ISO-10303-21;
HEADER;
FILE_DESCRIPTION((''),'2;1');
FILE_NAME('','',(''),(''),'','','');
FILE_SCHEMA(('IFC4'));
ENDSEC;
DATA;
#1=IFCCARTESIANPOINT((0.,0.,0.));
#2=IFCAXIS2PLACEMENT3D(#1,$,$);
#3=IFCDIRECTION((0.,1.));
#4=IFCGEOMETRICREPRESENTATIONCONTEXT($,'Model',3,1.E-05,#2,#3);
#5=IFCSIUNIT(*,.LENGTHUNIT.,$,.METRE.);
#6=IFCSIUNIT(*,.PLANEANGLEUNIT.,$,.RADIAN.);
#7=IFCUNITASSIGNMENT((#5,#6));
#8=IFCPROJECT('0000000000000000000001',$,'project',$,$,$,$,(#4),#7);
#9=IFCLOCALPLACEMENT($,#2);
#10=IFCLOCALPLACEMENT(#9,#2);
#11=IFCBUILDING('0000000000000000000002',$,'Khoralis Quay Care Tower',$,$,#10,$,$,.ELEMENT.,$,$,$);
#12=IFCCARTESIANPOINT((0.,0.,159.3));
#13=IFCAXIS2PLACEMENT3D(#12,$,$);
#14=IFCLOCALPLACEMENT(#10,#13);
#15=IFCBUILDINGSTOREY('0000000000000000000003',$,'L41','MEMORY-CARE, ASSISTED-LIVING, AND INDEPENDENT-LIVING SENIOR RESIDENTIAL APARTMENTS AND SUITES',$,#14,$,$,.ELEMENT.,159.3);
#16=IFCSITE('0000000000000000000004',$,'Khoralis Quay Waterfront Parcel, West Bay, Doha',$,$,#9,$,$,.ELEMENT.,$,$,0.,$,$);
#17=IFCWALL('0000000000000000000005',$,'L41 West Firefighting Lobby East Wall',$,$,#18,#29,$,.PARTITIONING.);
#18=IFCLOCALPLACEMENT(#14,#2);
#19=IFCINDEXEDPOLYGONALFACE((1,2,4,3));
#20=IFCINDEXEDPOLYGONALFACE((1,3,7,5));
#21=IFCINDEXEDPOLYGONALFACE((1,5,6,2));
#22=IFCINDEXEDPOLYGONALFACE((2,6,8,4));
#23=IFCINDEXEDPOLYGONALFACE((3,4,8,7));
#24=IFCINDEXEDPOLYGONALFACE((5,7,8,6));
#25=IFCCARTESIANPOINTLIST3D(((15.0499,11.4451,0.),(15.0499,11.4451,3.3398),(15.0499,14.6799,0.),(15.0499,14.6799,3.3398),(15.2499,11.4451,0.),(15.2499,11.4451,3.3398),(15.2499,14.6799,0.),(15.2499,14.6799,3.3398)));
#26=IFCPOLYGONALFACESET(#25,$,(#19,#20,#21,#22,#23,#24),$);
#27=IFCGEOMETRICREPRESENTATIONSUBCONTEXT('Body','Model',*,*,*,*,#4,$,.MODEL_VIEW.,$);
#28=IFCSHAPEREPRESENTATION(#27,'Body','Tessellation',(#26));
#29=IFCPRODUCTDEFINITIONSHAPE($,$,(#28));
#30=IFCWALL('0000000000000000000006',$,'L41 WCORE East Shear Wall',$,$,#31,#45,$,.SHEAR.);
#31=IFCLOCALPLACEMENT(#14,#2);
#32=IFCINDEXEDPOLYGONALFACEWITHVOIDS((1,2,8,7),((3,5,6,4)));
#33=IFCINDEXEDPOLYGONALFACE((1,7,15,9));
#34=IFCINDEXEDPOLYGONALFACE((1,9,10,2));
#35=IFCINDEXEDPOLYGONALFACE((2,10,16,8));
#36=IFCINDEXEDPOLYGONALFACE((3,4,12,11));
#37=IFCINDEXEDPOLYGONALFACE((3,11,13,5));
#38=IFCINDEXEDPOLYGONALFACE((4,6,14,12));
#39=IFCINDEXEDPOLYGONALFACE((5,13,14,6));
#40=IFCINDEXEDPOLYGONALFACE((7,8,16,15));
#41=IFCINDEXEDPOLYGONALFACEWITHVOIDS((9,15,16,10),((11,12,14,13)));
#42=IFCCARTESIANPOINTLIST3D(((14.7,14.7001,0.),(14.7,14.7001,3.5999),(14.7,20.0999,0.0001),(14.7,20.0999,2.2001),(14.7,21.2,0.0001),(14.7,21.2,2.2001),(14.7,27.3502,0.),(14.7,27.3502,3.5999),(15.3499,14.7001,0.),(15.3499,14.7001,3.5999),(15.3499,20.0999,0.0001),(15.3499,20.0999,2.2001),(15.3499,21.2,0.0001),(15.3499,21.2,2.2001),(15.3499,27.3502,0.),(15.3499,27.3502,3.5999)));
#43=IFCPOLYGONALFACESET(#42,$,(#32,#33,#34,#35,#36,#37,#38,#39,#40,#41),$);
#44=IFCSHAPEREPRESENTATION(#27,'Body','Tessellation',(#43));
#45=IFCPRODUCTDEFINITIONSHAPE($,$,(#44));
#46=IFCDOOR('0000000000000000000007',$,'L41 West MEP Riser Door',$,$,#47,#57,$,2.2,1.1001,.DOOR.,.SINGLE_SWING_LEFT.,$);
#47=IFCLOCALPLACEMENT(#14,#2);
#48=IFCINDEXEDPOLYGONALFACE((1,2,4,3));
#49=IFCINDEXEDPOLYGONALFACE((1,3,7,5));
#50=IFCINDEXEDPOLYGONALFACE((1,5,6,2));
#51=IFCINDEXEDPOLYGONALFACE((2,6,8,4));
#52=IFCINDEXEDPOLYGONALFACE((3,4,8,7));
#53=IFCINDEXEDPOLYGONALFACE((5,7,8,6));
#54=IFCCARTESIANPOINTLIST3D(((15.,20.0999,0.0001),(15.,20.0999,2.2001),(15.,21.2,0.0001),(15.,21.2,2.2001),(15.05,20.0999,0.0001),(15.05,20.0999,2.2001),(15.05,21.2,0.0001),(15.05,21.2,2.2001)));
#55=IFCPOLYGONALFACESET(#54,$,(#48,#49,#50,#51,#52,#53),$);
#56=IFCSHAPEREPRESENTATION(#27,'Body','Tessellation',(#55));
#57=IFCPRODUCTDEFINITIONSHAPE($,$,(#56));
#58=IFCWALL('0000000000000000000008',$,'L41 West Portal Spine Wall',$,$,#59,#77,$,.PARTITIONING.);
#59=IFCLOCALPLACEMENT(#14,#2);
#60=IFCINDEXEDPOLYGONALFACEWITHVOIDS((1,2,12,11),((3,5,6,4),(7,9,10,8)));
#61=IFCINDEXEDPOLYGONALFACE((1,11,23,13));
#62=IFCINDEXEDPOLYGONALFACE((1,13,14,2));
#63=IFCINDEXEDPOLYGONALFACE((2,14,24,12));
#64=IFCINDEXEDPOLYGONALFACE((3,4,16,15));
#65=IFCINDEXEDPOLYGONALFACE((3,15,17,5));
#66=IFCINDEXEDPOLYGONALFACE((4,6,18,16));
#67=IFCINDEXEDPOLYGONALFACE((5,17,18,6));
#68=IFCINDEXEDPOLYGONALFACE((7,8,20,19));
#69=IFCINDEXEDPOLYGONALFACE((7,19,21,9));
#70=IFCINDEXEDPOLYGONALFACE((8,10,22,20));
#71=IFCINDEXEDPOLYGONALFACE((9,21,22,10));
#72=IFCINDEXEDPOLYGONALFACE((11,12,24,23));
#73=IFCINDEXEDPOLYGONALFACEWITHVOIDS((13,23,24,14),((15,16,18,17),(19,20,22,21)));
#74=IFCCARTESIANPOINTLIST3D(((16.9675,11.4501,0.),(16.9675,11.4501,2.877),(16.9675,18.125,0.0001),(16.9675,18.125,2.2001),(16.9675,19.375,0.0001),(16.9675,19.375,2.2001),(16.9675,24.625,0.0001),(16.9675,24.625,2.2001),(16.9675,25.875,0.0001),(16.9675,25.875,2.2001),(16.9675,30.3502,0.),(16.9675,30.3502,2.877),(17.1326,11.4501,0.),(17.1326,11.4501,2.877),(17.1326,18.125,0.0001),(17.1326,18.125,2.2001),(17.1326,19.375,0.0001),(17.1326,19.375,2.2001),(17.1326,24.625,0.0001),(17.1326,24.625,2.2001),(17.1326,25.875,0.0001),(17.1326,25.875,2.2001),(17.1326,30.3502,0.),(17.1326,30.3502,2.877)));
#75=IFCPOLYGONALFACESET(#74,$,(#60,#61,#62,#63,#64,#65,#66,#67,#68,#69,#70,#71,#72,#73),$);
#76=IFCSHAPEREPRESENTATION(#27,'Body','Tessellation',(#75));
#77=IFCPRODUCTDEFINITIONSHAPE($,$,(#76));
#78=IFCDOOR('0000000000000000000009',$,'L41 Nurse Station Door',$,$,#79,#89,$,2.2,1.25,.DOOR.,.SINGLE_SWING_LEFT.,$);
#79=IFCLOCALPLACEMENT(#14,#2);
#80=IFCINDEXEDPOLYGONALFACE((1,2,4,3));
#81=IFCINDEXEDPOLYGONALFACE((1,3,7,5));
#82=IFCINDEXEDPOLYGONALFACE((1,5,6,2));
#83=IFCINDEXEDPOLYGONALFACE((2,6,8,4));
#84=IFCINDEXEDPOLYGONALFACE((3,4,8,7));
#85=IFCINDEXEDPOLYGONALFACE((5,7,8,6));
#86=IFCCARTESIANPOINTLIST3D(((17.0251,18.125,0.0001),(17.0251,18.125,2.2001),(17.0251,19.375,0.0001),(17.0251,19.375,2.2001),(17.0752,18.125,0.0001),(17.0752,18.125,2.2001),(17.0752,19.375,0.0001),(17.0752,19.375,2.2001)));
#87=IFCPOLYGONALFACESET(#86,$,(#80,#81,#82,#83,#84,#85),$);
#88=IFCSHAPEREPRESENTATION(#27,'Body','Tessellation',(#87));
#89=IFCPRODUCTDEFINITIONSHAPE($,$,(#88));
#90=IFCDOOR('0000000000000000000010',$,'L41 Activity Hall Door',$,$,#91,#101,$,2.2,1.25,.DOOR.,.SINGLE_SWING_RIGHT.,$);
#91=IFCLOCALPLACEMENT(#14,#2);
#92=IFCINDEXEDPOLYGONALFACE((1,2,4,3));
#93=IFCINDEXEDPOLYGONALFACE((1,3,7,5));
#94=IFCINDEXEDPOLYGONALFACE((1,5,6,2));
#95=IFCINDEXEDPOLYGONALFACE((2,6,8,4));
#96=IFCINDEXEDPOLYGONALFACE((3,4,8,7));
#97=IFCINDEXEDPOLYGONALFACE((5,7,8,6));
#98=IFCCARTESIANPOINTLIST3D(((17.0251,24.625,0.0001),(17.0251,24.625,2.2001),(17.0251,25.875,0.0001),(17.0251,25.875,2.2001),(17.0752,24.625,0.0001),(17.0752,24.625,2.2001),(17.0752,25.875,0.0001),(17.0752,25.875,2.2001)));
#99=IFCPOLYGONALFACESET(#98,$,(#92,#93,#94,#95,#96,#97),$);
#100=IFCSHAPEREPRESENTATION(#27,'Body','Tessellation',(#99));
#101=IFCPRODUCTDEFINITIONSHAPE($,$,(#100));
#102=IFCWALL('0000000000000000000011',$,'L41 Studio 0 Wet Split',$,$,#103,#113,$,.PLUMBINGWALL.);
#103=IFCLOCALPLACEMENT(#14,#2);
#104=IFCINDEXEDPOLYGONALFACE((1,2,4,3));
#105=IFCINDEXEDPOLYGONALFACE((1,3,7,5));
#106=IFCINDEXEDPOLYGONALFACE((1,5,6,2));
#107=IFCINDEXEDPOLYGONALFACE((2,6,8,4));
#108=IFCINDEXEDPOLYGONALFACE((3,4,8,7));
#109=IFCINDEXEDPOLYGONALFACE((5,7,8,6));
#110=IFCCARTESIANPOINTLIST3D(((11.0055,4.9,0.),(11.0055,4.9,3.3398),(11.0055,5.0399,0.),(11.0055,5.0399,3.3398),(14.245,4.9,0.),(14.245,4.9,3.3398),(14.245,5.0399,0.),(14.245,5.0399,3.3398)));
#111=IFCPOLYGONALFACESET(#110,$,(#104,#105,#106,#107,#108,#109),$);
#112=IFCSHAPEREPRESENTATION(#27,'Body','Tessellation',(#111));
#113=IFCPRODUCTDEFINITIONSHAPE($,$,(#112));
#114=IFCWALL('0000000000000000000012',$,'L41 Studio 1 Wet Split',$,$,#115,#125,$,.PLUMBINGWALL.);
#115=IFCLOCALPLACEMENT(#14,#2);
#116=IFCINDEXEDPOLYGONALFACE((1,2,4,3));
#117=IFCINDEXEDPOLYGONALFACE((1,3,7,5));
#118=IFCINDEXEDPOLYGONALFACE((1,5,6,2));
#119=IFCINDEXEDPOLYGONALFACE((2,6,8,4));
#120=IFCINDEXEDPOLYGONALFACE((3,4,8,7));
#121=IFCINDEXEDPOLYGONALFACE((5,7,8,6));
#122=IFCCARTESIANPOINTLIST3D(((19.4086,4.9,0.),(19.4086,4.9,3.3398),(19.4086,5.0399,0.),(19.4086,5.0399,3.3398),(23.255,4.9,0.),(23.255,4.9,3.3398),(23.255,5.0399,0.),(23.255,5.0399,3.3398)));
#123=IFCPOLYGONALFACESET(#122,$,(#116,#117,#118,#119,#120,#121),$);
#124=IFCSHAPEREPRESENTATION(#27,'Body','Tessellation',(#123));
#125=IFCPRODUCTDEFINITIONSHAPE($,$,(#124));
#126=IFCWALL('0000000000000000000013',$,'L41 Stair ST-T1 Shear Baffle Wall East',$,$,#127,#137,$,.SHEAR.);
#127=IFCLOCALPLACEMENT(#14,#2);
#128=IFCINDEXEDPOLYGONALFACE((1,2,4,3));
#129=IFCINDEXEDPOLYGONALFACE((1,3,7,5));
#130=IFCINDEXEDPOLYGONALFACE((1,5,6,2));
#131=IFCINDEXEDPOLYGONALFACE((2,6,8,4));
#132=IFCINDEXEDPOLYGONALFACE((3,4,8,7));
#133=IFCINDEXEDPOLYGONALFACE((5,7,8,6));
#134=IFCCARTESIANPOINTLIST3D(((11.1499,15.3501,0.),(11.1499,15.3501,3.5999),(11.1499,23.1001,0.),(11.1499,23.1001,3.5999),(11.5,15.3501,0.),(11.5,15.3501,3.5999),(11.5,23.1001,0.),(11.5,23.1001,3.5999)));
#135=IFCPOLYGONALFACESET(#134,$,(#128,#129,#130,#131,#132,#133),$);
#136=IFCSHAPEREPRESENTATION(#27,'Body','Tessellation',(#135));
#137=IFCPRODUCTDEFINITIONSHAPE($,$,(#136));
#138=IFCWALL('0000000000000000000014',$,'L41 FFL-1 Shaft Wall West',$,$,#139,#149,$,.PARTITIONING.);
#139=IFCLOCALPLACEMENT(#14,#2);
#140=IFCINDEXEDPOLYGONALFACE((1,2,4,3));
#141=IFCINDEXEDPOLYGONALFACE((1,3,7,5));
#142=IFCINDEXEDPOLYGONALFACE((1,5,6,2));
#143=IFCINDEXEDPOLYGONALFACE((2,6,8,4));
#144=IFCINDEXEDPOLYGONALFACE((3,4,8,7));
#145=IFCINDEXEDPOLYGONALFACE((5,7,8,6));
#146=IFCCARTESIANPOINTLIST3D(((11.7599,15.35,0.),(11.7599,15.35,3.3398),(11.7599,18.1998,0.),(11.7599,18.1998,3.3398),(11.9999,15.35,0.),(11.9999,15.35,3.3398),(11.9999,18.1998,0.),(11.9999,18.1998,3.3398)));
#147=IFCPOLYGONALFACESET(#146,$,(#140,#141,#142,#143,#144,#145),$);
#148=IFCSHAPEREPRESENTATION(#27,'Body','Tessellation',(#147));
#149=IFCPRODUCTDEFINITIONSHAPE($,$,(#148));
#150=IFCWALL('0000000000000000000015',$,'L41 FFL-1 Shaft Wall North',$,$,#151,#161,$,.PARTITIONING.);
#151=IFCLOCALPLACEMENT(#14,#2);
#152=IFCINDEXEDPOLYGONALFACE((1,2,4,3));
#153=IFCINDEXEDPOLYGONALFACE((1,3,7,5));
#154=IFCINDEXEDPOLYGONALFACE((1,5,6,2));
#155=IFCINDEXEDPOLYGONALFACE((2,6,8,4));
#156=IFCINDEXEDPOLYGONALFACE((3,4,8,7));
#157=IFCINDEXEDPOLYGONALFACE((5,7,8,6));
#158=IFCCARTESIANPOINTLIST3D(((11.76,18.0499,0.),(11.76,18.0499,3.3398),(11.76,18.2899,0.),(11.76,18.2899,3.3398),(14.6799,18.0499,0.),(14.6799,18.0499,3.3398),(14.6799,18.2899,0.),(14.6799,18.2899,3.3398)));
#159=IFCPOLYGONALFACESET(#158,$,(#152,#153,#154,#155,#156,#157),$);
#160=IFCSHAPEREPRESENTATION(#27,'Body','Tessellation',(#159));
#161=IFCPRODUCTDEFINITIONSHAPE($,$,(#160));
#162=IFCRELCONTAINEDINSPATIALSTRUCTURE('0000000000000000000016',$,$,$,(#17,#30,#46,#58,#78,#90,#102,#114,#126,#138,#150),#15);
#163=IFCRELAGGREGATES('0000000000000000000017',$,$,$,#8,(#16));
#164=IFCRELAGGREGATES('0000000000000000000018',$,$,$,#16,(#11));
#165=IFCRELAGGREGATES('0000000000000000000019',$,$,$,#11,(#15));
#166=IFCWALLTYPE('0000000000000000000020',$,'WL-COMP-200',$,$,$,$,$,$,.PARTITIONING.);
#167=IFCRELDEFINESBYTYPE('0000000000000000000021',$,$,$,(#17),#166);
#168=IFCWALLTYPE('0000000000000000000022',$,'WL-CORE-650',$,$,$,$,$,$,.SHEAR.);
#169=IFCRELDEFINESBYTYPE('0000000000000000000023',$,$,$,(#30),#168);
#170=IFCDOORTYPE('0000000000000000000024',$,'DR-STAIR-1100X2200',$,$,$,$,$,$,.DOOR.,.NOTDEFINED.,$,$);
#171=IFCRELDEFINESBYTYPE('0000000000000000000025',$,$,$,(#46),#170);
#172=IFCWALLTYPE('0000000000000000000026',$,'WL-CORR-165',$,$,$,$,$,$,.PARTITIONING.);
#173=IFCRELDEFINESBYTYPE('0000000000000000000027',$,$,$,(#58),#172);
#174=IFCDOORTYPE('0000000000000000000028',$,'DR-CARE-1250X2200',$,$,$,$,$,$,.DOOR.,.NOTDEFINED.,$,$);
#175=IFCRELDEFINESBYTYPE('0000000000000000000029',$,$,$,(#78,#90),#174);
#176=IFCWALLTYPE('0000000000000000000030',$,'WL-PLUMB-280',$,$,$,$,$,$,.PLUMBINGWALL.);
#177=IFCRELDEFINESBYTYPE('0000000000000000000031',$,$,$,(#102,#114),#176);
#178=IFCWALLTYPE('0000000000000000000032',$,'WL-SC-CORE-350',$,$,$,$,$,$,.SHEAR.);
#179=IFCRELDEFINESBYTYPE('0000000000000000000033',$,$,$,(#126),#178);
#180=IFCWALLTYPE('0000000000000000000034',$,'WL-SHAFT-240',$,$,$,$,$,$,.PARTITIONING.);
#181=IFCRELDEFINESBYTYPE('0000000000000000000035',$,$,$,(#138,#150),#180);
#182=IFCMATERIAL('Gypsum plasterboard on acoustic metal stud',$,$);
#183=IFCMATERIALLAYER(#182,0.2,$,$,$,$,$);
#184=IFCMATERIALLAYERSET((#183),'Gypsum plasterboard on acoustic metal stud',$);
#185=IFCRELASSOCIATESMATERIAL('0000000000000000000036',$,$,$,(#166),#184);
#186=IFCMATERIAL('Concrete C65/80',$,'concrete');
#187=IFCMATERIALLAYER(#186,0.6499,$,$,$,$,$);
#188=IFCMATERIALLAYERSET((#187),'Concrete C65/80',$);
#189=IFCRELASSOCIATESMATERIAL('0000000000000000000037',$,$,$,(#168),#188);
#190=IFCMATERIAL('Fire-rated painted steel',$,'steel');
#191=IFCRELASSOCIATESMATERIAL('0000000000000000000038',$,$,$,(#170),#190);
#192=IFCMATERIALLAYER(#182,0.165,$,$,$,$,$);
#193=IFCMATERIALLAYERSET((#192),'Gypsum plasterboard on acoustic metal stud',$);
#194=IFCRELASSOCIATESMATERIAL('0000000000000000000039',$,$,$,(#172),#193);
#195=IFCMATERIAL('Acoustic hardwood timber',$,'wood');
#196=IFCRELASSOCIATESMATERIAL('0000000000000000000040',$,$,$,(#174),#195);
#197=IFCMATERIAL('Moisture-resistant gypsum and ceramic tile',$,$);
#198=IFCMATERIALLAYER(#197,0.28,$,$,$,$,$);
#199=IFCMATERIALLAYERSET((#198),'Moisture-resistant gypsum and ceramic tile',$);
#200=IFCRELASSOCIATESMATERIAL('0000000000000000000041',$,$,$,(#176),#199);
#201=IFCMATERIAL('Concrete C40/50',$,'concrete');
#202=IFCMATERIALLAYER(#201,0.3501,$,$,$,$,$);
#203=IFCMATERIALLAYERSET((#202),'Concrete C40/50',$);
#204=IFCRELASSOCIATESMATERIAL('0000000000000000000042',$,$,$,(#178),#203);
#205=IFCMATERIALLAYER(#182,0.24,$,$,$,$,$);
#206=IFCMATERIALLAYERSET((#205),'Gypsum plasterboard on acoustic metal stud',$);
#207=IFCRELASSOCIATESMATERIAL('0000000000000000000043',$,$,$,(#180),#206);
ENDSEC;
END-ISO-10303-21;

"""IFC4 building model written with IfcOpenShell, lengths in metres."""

from ifc_helpers import new_model, si_unit, direction, frame, frame_2d, origin, place, context, subcontext, project, spatial, rectangle, extrude, source, transform, mapped, material, layer, layer_set, type_object, element, fill, save


model = new_model("IFC4")

# Units and contexts
model_context = context("Model", 3, precision=1e-05, world=origin(), true_north=direction((0.0, 1.0)))
body_context = subcontext(model_context, "Body", "Model", "MODEL_VIEW")
ifc_project = project(units=[si_unit("LENGTHUNIT", "METRE"), si_unit("PLANEANGLEUNIT", "RADIAN")], contexts=[model_context])

# Site, building, storey
site_placement = place(None, origin())
site = spatial("IfcSite", under=ifc_project, at=site_placement, Name="Khoralis Quay Waterfront Parcel, West Bay, Doha", CompositionType="ELEMENT", RefElevation=0.0)
building_placement = place(site_placement, origin())
building = spatial("IfcBuilding", under=site, at=building_placement, Name="Khoralis Quay Care Tower", CompositionType="ELEMENT")
storey_placement = place(building_placement, frame((0.0, 0.0, 159.3)))
storey = spatial("IfcBuildingStorey", under=building, at=storey_placement, Name="L41", Description="MEMORY-CARE, ASSISTED-LIVING, AND INDEPENDENT-LIVING SENIOR RESIDENTIAL APARTMENTS AND SUITES", CompositionType="ELEMENT", Elevation=159.3)

# Shared definitions
ifc_material_1 = material(Name="Concrete C65/80", Category="concrete")

# Wall
ifc_material_2 = material(Name="Gypsum plasterboard on acoustic metal stud")
ifc_layer_1 = layer(ifc_material_2, 0.2)
ifc_layer_set_1 = layer_set([ifc_layer_1], Name="Gypsum plasterboard on acoustic metal stud")
wall_type_1 = type_object("IfcWallType", Name="WL-COMP-200", PredefinedType="PARTITIONING", material=ifc_layer_set_1)
wall_1_placement = place(storey_placement, frame((15.1499, 11.4451, 0.0), z_axis=(0.0, 0.0, 1.0), x_axis=(0.0, 1.0, 0.0)))
element("IfcWall", 1, at=wall_1_placement, inside=storey, type_object=wall_type_1, Name="L41 West Firefighting Lobby East Wall", PredefinedType="PARTITIONING", context=body_context, shape_type="SweptSolid", body=[
    extrude(rectangle(XDim=3.2349, YDim=0.2, at=frame_2d((1.6174, 0.0))), origin(), (0.0, 0.0, 1.0), 3.3398),
])

# Wall, opening, door
ifc_layer_2 = layer(ifc_material_1, 0.6499)
ifc_layer_set_2 = layer_set([ifc_layer_2], Name="Concrete C65/80")
wall_type_2 = type_object("IfcWallType", Name="WL-CORE-650", PredefinedType="SHEAR", material=ifc_layer_set_2)
wall_2_placement = place(storey_placement, frame((15.0249, 14.7, 0.0), z_axis=(0.0, 0.0, 1.0), x_axis=(0.0, 1.0, 0.0)))
wall_2 = element("IfcWall", 2, at=wall_2_placement, inside=storey, type_object=wall_type_2, Name="L41 WCORE East Shear Wall", PredefinedType="SHEAR", context=body_context, shape_type="SweptSolid", body=[
    extrude(rectangle(XDim=12.6501, YDim=0.6499, at=frame_2d((6.3252, 0.0))), origin(), (0.0, 0.0, 1.0), 3.5999),
])
opening_1_placement = place(wall_2_placement, frame((5.3999, 0.0, 0.0)))
opening_1 = element("IfcOpeningElement", 3, at=opening_1_placement, cuts=wall_2, PredefinedType="OPENING", context=body_context, shape_type="SweptSolid", body=[
    extrude(rectangle(XDim=1.1001, YDim=2.2, at=frame_2d((0.55, 1.1001))), frame((0.0, 0.335, 0.0), z_axis=(0.0, -1.0, 0.0), x_axis=(1.0, 0.0, 0.0)), (0.0, 0.0, 1.0), 0.6699),
])
ifc_material_3 = material(Name="Fire-rated painted steel", Category="steel")
door_type_1 = type_object("IfcDoorType", Name="DR-STAIR-1100X2200", OperationType="NOTDEFINED", PredefinedType="DOOR", material=ifc_material_3)
shared_shape_1 = source(origin(), body_context, "Body", "SweptSolid", [
    extrude(rectangle(XDim=1.1001, YDim=2.2, at=frame_2d((0.55, 1.1001))), frame((0.0, 0.0249, 0.0), z_axis=(0.0, -1.0, 0.0), x_axis=(1.0, 0.0, 0.0)), (0.0, 0.0, 1.0), 0.05),
])
door_1_placement = place(opening_1_placement, origin())
door_1 = element("IfcDoor", 4, at=door_1_placement, inside=storey, type_object=door_type_1, Name="L41 West MEP Riser Door", OperationType="SINGLE_SWING_LEFT", OverallHeight=2.2, OverallWidth=1.1001, PredefinedType="DOOR", context=body_context, shape_type="MappedRepresentation", body=[
    mapped(shared_shape_1, transform((0.0, 0.0, 0.0), scale=1.0)),
])
fill(opening_1, door_1)

# Wall, openings, doors
ifc_layer_3 = layer(ifc_material_2, 0.165)
ifc_layer_set_3 = layer_set([ifc_layer_3], Name="Gypsum plasterboard on acoustic metal stud")
wall_type_3 = type_object("IfcWallType", Name="WL-CORR-165", PredefinedType="PARTITIONING", material=ifc_layer_set_3)
wall_3_placement = place(storey_placement, frame((17.05, 11.45, 0.0), z_axis=(0.0, 0.0, 1.0), x_axis=(0.0, 1.0, 0.0)))
wall_3 = element("IfcWall", 5, at=wall_3_placement, inside=storey, type_object=wall_type_3, Name="L41 West Portal Spine Wall", PredefinedType="PARTITIONING", context=body_context, shape_type="SweptSolid", body=[
    extrude(rectangle(XDim=18.9001, YDim=0.165, at=frame_2d((9.4502, 0.0))), origin(), (0.0, 0.0, 1.0), 2.877),
])
opening_2_placement = place(wall_3_placement, frame((6.675, 0.0, 0.0)))
opening_2 = element("IfcOpeningElement", 6, at=opening_2_placement, cuts=wall_3, PredefinedType="OPENING", context=body_context, shape_type="SweptSolid", body=[
    extrude(rectangle(XDim=1.25, YDim=2.2, at=frame_2d((0.625, 1.1001))), frame((0.0, 0.0925, 0.0), z_axis=(0.0, -1.0, 0.0), x_axis=(1.0, 0.0, 0.0)), (0.0, 0.0, 1.0), 0.1851),
])
opening_3_placement = place(wall_3_placement, frame((13.175, 0.0, 0.0)))
opening_3 = element("IfcOpeningElement", 7, at=opening_3_placement, cuts=wall_3, PredefinedType="OPENING", context=body_context, shape_type="SweptSolid", body=[
    extrude(rectangle(XDim=1.25, YDim=2.2, at=frame_2d((0.625, 1.1001))), frame((0.0, 0.0925, 0.0), z_axis=(0.0, -1.0, 0.0), x_axis=(1.0, 0.0, 0.0)), (0.0, 0.0, 1.0), 0.1851),
])
ifc_material_4 = material(Name="Acoustic hardwood timber", Category="wood")
door_type_2 = type_object("IfcDoorType", Name="DR-CARE-1250X2200", OperationType="NOTDEFINED", PredefinedType="DOOR", material=ifc_material_4)
shared_shape_2 = source(origin(), body_context, "Body", "SweptSolid", [
    extrude(rectangle(XDim=1.25, YDim=2.2, at=frame_2d((0.625, 1.1001))), frame((0.0, 0.0249, 0.0), z_axis=(0.0, -1.0, 0.0), x_axis=(1.0, 0.0, 0.0)), (0.0, 0.0, 1.0), 0.05),
])
door_2_placement = place(opening_2_placement, origin())
door_2 = element("IfcDoor", 8, at=door_2_placement, inside=storey, type_object=door_type_2, Name="L41 Nurse Station Door", OperationType="SINGLE_SWING_LEFT", OverallHeight=2.2, OverallWidth=1.25, PredefinedType="DOOR", context=body_context, shape_type="MappedRepresentation", body=[
    mapped(shared_shape_2, transform((0.0, 0.0, 0.0), scale=1.0)),
])
fill(opening_2, door_2)
door_3_placement = place(opening_3_placement, origin())
door_3 = element("IfcDoor", 9, at=door_3_placement, inside=storey, type_object=door_type_2, Name="L41 Activity Hall Door", OperationType="SINGLE_SWING_RIGHT", OverallHeight=2.2, OverallWidth=1.25, PredefinedType="DOOR", context=body_context, shape_type="MappedRepresentation", body=[
    mapped(shared_shape_2, transform((0.0, 0.0, 0.0), scale=1.0)),
])
fill(opening_3, door_3)

# Walls
ifc_material_5 = material(Name="Moisture-resistant gypsum and ceramic tile")
ifc_layer_4 = layer(ifc_material_5, 0.28)
ifc_layer_set_4 = layer_set([ifc_layer_4], Name="Moisture-resistant gypsum and ceramic tile")
wall_type_4 = type_object("IfcWallType", Name="WL-PLUMB-280", PredefinedType="PLUMBINGWALL", material=ifc_layer_set_4)
wall_4_placement = place(storey_placement, frame((11.0056, 4.97, 0.0), z_axis=(0.0, 0.0, 1.0), x_axis=(1.0, 0.0, 0.0)))
element("IfcWall", 10, at=wall_4_placement, inside=storey, type_object=wall_type_4, Name="L41 Studio 0 Wet Split", PredefinedType="PLUMBINGWALL", context=body_context, shape_type="SweptSolid", body=[
    extrude(rectangle(XDim=3.2395, YDim=0.1399, at=frame_2d((1.6196, 0.0))), origin(), (0.0, 0.0, 1.0), 3.3398),
])
wall_5_placement = place(storey_placement, frame((19.4084, 4.97, 0.0), z_axis=(0.0, 0.0, 1.0), x_axis=(1.0, 0.0, 0.0)))
element("IfcWall", 11, at=wall_5_placement, inside=storey, type_object=wall_type_4, Name="L41 Studio 1 Wet Split", PredefinedType="PLUMBINGWALL", context=body_context, shape_type="SweptSolid", body=[
    extrude(rectangle(XDim=3.8464, YDim=0.1399, at=frame_2d((1.9233, 0.0))), origin(), (0.0, 0.0, 1.0), 3.3398),
])
ifc_material_6 = material(Name="Concrete C40/50", Category="concrete")
ifc_layer_5 = layer(ifc_material_6, 0.3501)
ifc_layer_set_5 = layer_set([ifc_layer_5], Name="Concrete C40/50")
wall_type_5 = type_object("IfcWallType", Name="WL-SC-CORE-350", PredefinedType="SHEAR", material=ifc_layer_set_5)
wall_6_placement = place(storey_placement, frame((11.325, 15.3501, 0.0), z_axis=(0.0, 0.0, 1.0), x_axis=(0.0, 1.0, 0.0)))
element("IfcWall", 12, at=wall_6_placement, inside=storey, type_object=wall_type_5, Name="L41 Stair ST-T1 Shear Baffle Wall East", PredefinedType="SHEAR", context=body_context, shape_type="SweptSolid", body=[
    extrude(rectangle(XDim=7.75, YDim=0.3501, at=frame_2d((3.875, 0.0))), origin(), (0.0, 0.0, 1.0), 3.5999),
])
ifc_layer_6 = layer(ifc_material_2, 0.24)
ifc_layer_set_6 = layer_set([ifc_layer_6], Name="Gypsum plasterboard on acoustic metal stud")
wall_type_6 = type_object("IfcWallType", Name="WL-SHAFT-240", PredefinedType="PARTITIONING", material=ifc_layer_set_6)
wall_7_placement = place(storey_placement, frame((11.8799, 15.3501, 0.0), z_axis=(0.0, 0.0, 1.0), x_axis=(0.0, 1.0, 0.0)))
element("IfcWall", 13, at=wall_7_placement, inside=storey, type_object=wall_type_6, Name="L41 FFL-1 Shaft Wall West", PredefinedType="PARTITIONING", context=body_context, shape_type="SweptSolid", body=[
    extrude(rectangle(XDim=2.8499, YDim=0.24, at=frame_2d((1.4248, 0.0))), origin(), (0.0, 0.0, 1.0), 3.3398),
])
wall_8_placement = place(storey_placement, frame((11.76, 18.1699, 0.0), z_axis=(0.0, 0.0, 1.0), x_axis=(1.0, 0.0, 0.0)))
element("IfcWall", 14, at=wall_8_placement, inside=storey, type_object=wall_type_6, Name="L41 FFL-1 Shaft Wall North", PredefinedType="PARTITIONING", context=body_context, shape_type="SweptSolid", body=[
    extrude(rectangle(XDim=2.9199, YDim=0.24, at=frame_2d((1.46, 0.0))), origin(), (0.0, 0.0, 1.0), 3.3398),
])

save(model, "model.ifc")
